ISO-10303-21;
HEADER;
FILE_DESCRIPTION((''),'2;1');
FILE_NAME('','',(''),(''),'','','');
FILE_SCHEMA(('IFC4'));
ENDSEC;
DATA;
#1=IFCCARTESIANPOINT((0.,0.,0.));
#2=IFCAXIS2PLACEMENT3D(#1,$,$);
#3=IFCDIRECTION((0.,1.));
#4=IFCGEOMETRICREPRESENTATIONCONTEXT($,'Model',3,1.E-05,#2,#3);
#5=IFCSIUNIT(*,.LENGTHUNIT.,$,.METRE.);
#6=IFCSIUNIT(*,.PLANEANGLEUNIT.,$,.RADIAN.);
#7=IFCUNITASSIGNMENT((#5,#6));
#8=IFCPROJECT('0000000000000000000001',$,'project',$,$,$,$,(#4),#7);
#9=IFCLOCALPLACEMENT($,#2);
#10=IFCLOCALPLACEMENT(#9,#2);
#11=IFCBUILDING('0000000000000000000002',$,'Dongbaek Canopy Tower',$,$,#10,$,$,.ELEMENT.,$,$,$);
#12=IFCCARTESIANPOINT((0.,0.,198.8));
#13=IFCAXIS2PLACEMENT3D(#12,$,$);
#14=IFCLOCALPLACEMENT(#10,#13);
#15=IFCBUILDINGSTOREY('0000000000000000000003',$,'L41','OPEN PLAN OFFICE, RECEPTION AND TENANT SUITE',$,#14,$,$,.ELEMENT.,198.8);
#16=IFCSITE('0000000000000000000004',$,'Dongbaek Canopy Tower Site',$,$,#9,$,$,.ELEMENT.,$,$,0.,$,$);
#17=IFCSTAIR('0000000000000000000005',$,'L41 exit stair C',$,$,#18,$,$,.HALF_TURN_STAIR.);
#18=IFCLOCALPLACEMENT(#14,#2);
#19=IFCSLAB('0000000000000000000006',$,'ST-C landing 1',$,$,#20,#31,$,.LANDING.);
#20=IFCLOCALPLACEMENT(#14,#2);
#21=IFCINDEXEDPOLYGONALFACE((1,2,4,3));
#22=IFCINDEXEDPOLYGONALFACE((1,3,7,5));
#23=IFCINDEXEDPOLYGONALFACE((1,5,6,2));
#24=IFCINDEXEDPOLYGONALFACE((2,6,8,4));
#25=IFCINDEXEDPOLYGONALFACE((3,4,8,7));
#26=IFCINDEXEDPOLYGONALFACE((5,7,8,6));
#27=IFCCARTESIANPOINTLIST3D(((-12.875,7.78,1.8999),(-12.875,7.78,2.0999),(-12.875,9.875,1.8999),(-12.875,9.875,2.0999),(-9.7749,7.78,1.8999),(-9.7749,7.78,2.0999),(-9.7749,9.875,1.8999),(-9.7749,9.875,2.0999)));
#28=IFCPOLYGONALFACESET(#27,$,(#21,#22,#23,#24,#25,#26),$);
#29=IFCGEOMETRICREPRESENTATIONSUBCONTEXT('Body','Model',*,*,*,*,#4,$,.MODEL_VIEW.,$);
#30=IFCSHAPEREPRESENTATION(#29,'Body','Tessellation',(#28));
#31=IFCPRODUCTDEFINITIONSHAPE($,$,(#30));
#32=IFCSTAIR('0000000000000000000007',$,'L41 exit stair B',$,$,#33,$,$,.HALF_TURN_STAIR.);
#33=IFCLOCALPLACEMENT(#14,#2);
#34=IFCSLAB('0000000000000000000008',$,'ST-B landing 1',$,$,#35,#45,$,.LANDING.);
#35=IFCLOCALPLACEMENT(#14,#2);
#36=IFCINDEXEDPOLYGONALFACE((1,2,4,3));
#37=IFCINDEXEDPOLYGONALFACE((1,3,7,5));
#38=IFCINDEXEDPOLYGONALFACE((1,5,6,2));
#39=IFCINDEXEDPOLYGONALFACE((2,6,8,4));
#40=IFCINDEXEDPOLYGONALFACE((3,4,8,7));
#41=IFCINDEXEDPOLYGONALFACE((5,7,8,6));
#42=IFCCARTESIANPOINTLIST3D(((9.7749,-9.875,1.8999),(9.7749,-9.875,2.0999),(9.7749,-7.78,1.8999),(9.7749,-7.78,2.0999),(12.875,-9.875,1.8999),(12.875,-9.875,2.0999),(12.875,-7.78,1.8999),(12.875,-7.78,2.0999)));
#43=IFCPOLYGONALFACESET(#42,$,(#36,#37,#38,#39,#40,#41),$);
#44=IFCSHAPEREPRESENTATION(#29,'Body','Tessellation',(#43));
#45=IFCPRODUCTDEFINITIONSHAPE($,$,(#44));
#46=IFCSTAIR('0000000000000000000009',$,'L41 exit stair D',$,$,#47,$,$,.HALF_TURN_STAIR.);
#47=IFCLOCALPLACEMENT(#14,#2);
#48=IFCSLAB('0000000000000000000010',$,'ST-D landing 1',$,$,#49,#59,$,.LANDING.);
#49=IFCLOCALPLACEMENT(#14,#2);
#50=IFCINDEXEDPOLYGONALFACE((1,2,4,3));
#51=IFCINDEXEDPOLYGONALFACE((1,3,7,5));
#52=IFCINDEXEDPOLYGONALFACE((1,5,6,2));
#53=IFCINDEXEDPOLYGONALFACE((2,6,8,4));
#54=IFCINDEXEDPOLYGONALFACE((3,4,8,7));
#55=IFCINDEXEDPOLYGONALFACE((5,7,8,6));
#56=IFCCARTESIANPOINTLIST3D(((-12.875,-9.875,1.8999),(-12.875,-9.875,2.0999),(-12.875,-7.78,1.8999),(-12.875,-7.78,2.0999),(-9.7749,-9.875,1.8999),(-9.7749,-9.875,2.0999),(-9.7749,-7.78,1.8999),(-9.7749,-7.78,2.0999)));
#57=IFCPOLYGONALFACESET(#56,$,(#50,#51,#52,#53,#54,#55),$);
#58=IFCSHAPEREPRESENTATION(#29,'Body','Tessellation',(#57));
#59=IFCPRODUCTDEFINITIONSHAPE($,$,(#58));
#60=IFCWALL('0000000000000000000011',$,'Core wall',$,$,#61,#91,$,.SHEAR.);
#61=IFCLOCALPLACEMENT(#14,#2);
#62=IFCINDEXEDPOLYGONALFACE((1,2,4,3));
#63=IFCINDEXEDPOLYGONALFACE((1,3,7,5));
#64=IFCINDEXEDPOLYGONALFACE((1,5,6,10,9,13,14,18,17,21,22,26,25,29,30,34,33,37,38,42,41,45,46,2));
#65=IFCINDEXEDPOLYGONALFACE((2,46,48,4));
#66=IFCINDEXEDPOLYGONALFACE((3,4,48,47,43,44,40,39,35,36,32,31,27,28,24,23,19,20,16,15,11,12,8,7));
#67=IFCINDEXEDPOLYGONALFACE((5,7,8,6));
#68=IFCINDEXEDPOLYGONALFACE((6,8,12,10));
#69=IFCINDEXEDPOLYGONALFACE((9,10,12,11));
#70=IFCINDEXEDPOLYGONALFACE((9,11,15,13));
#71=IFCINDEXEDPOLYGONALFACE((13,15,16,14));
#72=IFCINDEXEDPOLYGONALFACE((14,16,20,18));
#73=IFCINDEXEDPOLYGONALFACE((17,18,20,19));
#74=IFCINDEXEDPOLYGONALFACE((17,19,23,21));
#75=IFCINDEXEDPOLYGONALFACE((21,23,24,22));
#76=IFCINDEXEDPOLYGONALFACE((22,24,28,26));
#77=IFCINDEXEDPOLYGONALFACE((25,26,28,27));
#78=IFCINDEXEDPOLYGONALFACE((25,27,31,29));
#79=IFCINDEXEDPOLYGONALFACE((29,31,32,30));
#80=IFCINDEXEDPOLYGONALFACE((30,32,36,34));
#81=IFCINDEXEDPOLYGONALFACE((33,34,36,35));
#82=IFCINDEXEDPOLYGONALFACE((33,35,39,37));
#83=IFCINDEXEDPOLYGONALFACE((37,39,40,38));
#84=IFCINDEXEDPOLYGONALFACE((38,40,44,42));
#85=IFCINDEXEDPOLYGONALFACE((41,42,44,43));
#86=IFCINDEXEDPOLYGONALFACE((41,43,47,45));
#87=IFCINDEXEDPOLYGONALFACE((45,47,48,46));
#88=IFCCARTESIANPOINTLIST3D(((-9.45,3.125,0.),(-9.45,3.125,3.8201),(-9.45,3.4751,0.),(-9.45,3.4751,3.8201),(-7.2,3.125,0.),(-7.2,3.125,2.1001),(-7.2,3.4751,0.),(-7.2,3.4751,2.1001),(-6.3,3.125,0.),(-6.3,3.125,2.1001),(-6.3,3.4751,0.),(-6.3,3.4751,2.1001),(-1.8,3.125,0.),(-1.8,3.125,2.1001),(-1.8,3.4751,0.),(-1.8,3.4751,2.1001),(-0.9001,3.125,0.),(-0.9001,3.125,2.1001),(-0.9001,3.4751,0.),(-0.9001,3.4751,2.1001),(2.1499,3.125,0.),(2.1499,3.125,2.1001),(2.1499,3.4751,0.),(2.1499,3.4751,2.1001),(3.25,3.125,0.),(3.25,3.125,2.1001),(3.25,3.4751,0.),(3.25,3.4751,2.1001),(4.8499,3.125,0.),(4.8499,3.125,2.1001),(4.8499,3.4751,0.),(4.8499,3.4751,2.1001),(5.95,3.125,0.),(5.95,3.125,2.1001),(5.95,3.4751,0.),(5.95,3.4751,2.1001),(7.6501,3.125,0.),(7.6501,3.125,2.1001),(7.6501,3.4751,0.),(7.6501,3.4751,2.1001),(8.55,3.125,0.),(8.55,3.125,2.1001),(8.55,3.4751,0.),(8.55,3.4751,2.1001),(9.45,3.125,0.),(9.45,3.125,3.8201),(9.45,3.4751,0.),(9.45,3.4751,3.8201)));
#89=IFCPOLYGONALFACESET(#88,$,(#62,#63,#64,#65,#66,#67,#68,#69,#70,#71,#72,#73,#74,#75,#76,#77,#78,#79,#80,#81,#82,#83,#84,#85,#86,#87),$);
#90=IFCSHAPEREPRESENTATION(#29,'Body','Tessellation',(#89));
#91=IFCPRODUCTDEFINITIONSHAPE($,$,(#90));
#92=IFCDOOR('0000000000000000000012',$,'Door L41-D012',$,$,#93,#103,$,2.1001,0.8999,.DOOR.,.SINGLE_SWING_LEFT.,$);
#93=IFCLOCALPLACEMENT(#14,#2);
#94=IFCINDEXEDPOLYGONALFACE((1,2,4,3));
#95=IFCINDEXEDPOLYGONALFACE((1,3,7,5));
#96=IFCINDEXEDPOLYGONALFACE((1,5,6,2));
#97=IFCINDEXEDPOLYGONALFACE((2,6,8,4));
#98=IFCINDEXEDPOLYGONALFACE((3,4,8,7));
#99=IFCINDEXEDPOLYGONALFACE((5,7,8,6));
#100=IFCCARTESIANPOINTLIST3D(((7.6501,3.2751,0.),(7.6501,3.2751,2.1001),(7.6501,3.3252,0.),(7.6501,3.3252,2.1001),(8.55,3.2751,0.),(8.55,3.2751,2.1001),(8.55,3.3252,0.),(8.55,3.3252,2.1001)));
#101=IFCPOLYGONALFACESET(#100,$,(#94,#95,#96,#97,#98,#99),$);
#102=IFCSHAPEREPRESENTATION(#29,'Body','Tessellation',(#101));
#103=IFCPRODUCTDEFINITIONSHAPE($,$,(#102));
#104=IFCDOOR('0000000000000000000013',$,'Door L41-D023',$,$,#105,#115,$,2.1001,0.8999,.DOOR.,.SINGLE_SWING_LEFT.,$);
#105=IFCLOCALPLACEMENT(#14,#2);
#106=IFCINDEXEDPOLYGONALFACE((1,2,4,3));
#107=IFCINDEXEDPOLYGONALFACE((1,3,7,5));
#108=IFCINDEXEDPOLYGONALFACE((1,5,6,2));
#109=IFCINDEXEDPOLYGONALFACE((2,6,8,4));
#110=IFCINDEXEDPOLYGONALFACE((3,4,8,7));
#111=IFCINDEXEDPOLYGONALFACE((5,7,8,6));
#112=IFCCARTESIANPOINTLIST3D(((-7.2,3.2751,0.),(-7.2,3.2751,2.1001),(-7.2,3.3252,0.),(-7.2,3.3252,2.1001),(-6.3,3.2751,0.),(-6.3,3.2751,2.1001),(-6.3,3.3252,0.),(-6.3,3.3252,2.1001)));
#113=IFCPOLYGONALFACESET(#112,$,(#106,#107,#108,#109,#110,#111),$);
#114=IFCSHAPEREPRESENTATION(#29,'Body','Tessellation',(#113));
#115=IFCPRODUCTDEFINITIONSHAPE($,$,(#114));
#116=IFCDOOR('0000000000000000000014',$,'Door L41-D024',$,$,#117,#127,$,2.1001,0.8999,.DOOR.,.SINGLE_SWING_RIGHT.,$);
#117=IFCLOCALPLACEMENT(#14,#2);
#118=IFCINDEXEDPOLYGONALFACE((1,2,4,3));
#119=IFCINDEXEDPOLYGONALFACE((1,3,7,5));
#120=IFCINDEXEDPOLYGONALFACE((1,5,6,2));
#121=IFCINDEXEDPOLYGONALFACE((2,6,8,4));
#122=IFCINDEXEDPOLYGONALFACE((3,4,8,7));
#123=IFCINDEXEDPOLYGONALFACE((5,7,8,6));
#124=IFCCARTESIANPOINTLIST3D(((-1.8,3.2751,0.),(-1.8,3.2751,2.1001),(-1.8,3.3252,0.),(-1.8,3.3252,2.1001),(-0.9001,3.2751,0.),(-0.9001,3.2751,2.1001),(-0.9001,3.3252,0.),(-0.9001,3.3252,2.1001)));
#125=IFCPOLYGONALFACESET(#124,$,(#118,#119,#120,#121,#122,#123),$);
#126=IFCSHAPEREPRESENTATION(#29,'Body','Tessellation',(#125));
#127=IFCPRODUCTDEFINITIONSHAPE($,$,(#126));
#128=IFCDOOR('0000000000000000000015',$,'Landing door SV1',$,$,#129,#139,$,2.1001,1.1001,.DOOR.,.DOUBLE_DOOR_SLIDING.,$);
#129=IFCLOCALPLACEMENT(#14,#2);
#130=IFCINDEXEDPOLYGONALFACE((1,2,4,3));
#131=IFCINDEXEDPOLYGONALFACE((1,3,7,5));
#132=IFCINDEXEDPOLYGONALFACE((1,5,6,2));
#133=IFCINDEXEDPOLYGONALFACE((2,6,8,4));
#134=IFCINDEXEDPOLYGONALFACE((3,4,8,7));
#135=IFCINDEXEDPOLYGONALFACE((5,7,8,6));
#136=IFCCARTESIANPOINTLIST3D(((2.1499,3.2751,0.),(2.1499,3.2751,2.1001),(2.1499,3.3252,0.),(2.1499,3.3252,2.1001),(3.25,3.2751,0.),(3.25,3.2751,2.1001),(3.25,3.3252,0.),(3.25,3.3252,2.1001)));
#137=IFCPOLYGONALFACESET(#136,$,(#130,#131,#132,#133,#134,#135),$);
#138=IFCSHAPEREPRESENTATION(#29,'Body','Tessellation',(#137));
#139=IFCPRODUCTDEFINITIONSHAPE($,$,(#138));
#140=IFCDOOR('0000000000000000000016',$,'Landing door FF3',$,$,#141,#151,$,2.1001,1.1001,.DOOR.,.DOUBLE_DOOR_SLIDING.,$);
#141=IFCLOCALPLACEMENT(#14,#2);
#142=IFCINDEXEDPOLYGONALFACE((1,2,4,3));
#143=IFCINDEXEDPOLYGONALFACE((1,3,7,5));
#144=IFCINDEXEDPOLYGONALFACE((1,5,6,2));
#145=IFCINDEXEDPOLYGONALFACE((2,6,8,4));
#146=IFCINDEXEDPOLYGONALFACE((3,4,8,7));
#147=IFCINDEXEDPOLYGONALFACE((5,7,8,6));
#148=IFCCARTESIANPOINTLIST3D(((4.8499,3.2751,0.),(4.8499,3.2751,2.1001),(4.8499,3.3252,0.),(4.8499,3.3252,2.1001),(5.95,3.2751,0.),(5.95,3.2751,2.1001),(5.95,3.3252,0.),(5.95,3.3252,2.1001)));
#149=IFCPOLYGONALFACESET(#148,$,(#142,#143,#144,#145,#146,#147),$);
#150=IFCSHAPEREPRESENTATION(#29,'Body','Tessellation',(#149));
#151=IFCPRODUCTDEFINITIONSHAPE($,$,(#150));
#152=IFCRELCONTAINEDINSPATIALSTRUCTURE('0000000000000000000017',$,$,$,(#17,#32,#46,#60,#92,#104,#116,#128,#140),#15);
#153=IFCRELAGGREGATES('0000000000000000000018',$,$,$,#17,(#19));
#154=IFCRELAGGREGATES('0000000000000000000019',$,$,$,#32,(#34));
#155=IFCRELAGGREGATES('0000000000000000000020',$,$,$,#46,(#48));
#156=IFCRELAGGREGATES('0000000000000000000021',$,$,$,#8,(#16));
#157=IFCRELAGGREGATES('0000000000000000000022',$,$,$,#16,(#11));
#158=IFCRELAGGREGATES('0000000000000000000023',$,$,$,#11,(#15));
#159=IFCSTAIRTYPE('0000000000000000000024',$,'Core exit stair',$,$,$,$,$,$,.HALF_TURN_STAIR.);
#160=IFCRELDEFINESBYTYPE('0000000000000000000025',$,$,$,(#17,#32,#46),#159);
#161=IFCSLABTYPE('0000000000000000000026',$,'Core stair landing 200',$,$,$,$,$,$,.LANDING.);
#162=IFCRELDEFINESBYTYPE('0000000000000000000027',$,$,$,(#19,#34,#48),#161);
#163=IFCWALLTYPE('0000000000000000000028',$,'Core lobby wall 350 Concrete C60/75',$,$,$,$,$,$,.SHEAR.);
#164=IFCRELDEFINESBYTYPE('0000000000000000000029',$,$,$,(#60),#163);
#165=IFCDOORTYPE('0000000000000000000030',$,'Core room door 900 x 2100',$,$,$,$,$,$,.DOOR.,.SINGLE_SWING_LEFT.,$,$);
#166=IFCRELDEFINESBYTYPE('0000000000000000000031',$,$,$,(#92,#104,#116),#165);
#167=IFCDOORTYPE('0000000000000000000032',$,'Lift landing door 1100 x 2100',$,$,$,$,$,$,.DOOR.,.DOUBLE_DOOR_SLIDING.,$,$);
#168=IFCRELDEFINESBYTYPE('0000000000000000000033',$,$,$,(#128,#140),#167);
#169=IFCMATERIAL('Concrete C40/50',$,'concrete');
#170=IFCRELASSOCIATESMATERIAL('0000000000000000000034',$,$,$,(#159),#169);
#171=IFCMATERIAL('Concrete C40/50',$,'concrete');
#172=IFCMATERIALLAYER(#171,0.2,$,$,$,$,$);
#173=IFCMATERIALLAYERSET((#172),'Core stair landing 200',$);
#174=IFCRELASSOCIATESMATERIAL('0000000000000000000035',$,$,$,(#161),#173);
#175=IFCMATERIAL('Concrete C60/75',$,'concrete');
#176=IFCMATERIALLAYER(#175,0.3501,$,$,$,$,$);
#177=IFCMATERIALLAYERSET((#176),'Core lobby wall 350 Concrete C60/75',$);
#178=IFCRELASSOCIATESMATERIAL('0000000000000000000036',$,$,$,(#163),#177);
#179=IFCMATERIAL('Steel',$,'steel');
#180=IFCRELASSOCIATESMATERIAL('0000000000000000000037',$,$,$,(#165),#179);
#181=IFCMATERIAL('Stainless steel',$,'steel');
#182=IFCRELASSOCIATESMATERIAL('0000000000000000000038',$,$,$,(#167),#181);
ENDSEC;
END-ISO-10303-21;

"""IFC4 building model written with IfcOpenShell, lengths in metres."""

from ifc_helpers import new_model, si_unit, direction, frame, frame_2d, origin, place, context, subcontext, project, spatial, polyline, rectangle, outline, extrude, material, layer, layer_set, type_object, element, fill, aggregate, save


model = new_model("IFC4")

# Units and contexts
model_context = context("Model", 3, precision=1e-05, world=origin(), true_north=direction((0.0, 1.0)))
body_context = subcontext(model_context, "Body", "Model", "MODEL_VIEW")
ifc_project = project(units=[si_unit("LENGTHUNIT", "METRE"), si_unit("PLANEANGLEUNIT", "RADIAN")], contexts=[model_context])

# Site, building, storey
site_placement = place(None, origin())
site = spatial("IfcSite", under=ifc_project, at=site_placement, Name="Dongbaek Canopy Tower Site", CompositionType="ELEMENT", RefElevation=0.0)
building_placement = place(site_placement, origin())
building = spatial("IfcBuilding", under=site, at=building_placement, Name="Dongbaek Canopy Tower", CompositionType="ELEMENT")
storey_placement = place(building_placement, frame((0.0, 0.0, 198.8)))
storey = spatial("IfcBuildingStorey", under=building, at=storey_placement, Name="L41", Description="OPEN PLAN OFFICE, RECEPTION AND TENANT SUITE", CompositionType="ELEMENT", Elevation=198.8)

# Stairs, slabs
ifc_material_1 = material(Name="Concrete C40/50", Category="concrete")
stair_type = type_object("IfcStairType", Name="Core exit stair", PredefinedType="HALF_TURN_STAIR", material=ifc_material_1)
stair_1_placement = place(storey_placement, origin())
stair_1 = element("IfcStair", 1, at=stair_1_placement, inside=storey, type_object=stair_type, Name="L41 exit stair C", PredefinedType="HALF_TURN_STAIR")
ifc_material_2 = material(Name="Concrete C40/50", Category="concrete")
ifc_layer_1 = layer(ifc_material_2, 0.2)
ifc_layer_set_1 = layer_set([ifc_layer_1], Name="Core stair landing 200")
slab_type = type_object("IfcSlabType", Name="Core stair landing 200", PredefinedType="LANDING", material=ifc_layer_set_1)
slab_1_placement = place(storey_placement, frame((0.0, 0.0, 1.8999)))
slab_1 = element("IfcSlab", 2, at=slab_1_placement, type_object=slab_type, Name="ST-C landing 1", PredefinedType="LANDING", context=body_context, shape_type="SweptSolid", body=[
    extrude(outline(polyline([(-9.7749, 7.78), (-9.7749, 9.875), (-12.875, 9.875), (-12.875, 7.78), (-9.7749, 7.78)])), origin(), (0.0, 0.0, 1.0), 0.2),
])
aggregate(stair_1, [slab_1])
stair_2_placement = place(storey_placement, origin())
stair_2 = element("IfcStair", 3, at=stair_2_placement, inside=storey, type_object=stair_type, Name="L41 exit stair B", PredefinedType="HALF_TURN_STAIR")
slab_2_placement = place(storey_placement, frame((0.0, 0.0, 1.8999)))
slab_2 = element("IfcSlab", 4, at=slab_2_placement, type_object=slab_type, Name="ST-B landing 1", PredefinedType="LANDING", context=body_context, shape_type="SweptSolid", body=[
    extrude(outline(polyline([(9.7749, -7.78), (9.7749, -9.875), (12.875, -9.875), (12.875, -7.78), (9.7749, -7.78)])), origin(), (0.0, 0.0, 1.0), 0.2),
])
aggregate(stair_2, [slab_2])
stair_3_placement = place(storey_placement, origin())
stair_3 = element("IfcStair", 5, at=stair_3_placement, inside=storey, type_object=stair_type, Name="L41 exit stair D", PredefinedType="HALF_TURN_STAIR")
slab_3_placement = place(storey_placement, frame((0.0, 0.0, 1.8999)))
slab_3 = element("IfcSlab", 6, at=slab_3_placement, type_object=slab_type, Name="ST-D landing 1", PredefinedType="LANDING", context=body_context, shape_type="SweptSolid", body=[
    extrude(outline(polyline([(-12.875, -7.78), (-12.875, -9.875), (-9.7749, -9.875), (-9.7749, -7.78), (-12.875, -7.78)])), origin(), (0.0, 0.0, 1.0), 0.2),
])
aggregate(stair_3, [slab_3])

# Wall, openings, doors
ifc_material_3 = material(Name="Concrete C60/75", Category="concrete")
ifc_layer_2 = layer(ifc_material_3, 0.3501)
ifc_layer_set_2 = layer_set([ifc_layer_2], Name="Core lobby wall 350 Concrete C60/75")
wall_type_1 = type_object("IfcWallType", Name="Core lobby wall 350 Concrete C60/75", PredefinedType="SHEAR", material=ifc_layer_set_2)
wall_1_placement = place(storey_placement, frame((9.45, 3.3, 0.0), z_axis=(0.0, 0.0, 1.0), x_axis=(-1.0, 0.0, 0.0)))
wall_1 = element("IfcWall", 7, at=wall_1_placement, inside=storey, type_object=wall_type_1, Name="Core wall", PredefinedType="SHEAR", context=body_context, shape_type="SweptSolid", body=[
    extrude(rectangle(XDim=18.8999, YDim=0.3501, at=frame_2d((9.45, 0.0))), origin(), (0.0, 0.0, 1.0), 3.8201),
])
opening_1_placement = place(wall_1_placement, frame((6.2, 0.0, 0.0)))
opening_1 = element("IfcOpeningElement", 8, at=opening_1_placement, cuts=wall_1, PredefinedType="OPENING", context=body_context, shape_type="SweptSolid", body=[
    extrude(rectangle(XDim=1.1001, YDim=2.1001, at=frame_2d((0.55, 1.05))), frame((0.0, 0.1851, 0.0), z_axis=(0.0, -1.0, 0.0), x_axis=(1.0, 0.0, 0.0)), (0.0, 0.0, 1.0), 0.3701),
])
opening_2_placement = place(wall_1_placement, frame((3.5, 0.0, 0.0)))
opening_2 = element("IfcOpeningElement", 9, at=opening_2_placement, cuts=wall_1, PredefinedType="OPENING", context=body_context, shape_type="SweptSolid", body=[
    extrude(rectangle(XDim=1.1001, YDim=2.1001, at=frame_2d((0.55, 1.05))), frame((0.0, 0.1851, 0.0), z_axis=(0.0, -1.0, 0.0), x_axis=(1.0, 0.0, 0.0)), (0.0, 0.0, 1.0), 0.3701),
])
opening_3_placement = place(wall_1_placement, frame((0.8999, 0.0, 0.0)))
opening_3 = element("IfcOpeningElement", 10, at=opening_3_placement, cuts=wall_1, PredefinedType="OPENING", context=body_context, shape_type="SweptSolid", body=[
    extrude(rectangle(XDim=0.8999, YDim=2.1001, at=frame_2d((0.45, 1.05))), frame((0.0, 0.1851, 0.0), z_axis=(0.0, -1.0, 0.0), x_axis=(1.0, 0.0, 0.0)), (0.0, 0.0, 1.0), 0.3701),
])
opening_4_placement = place(wall_1_placement, frame((15.75, 0.0, 0.0)))
opening_4 = element("IfcOpeningElement", 11, at=opening_4_placement, cuts=wall_1, PredefinedType="OPENING", context=body_context, shape_type="SweptSolid", body=[
    extrude(rectangle(XDim=0.8999, YDim=2.1001, at=frame_2d((0.45, 1.05))), frame((0.0, 0.1851, 0.0), z_axis=(0.0, -1.0, 0.0), x_axis=(1.0, 0.0, 0.0)), (0.0, 0.0, 1.0), 0.3701),
])
opening_5_placement = place(wall_1_placement, frame((10.3501, 0.0, 0.0)))
opening_5 = element("IfcOpeningElement", 12, at=opening_5_placement, cuts=wall_1, PredefinedType="OPENING", context=body_context, shape_type="SweptSolid", body=[
    extrude(rectangle(XDim=0.8999, YDim=2.1001, at=frame_2d((0.45, 1.05))), frame((0.0, 0.1851, 0.0), z_axis=(0.0, -1.0, 0.0), x_axis=(1.0, 0.0, 0.0)), (0.0, 0.0, 1.0), 0.3701),
])
ifc_material_4 = material(Name="Steel", Category="steel")
door_type_1 = type_object("IfcDoorType", Name="Core room door 900 x 2100", OperationType="SINGLE_SWING_LEFT", PredefinedType="DOOR", material=ifc_material_4)
door_1_placement = place(opening_3_placement, origin())
door_1 = element("IfcDoor", 13, at=door_1_placement, inside=storey, type_object=door_type_1, Name="Door L41-D012", OperationType="SINGLE_SWING_LEFT", OverallHeight=2.1001, OverallWidth=0.8999, PredefinedType="DOOR", context=body_context, shape_type="SweptSolid", body=[
    extrude(rectangle(XDim=0.8999, YDim=2.1001, at=frame_2d((0.45, 1.05))), frame((0.0, 0.0249, 0.0), z_axis=(0.0, -1.0, 0.0), x_axis=(1.0, 0.0, 0.0)), (0.0, 0.0, 1.0), 0.05),
])
fill(opening_3, door_1)
door_2_placement = place(opening_4_placement, origin())
door_2 = element("IfcDoor", 14, at=door_2_placement, inside=storey, type_object=door_type_1, Name="Door L41-D023", OperationType="SINGLE_SWING_LEFT", OverallHeight=2.1001, OverallWidth=0.8999, PredefinedType="DOOR", context=body_context, shape_type="SweptSolid", body=[
    extrude(rectangle(XDim=0.8999, YDim=2.1001, at=frame_2d((0.45, 1.05))), frame((0.0, 0.0249, 0.0), z_axis=(0.0, -1.0, 0.0), x_axis=(1.0, 0.0, 0.0)), (0.0, 0.0, 1.0), 0.05),
])
fill(opening_4, door_2)
door_3_placement = place(opening_5_placement, origin())
door_3 = element("IfcDoor", 15, at=door_3_placement, inside=storey, type_object=door_type_1, Name="Door L41-D024", OperationType="SINGLE_SWING_RIGHT", OverallHeight=2.1001, OverallWidth=0.8999, PredefinedType="DOOR", context=body_context, shape_type="SweptSolid", body=[
    extrude(rectangle(XDim=0.8999, YDim=2.1001, at=frame_2d((0.45, 1.05))), frame((0.0, 0.0249, 0.0), z_axis=(0.0, -1.0, 0.0), x_axis=(1.0, 0.0, 0.0)), (0.0, 0.0, 1.0), 0.05),
])
fill(opening_5, door_3)
ifc_material_5 = material(Name="Stainless steel", Category="steel")
door_type_2 = type_object("IfcDoorType", Name="Lift landing door 1100 x 2100", OperationType="DOUBLE_DOOR_SLIDING", PredefinedType="DOOR", material=ifc_material_5)
door_4_placement = place(opening_1_placement, origin())
door_4 = element("IfcDoor", 16, at=door_4_placement, inside=storey, type_object=door_type_2, Name="Landing door SV1", OperationType="DOUBLE_DOOR_SLIDING", OverallHeight=2.1001, OverallWidth=1.1001, PredefinedType="DOOR", context=body_context, shape_type="SweptSolid", body=[
    extrude(rectangle(XDim=1.1001, YDim=2.1001, at=frame_2d((0.55, 1.05))), frame((0.0, 0.0249, 0.0), z_axis=(0.0, -1.0, 0.0), x_axis=(1.0, 0.0, 0.0)), (0.0, 0.0, 1.0), 0.05),
])
fill(opening_1, door_4)
door_5_placement = place(opening_2_placement, origin())
door_5 = element("IfcDoor", 17, at=door_5_placement, inside=storey, type_object=door_type_2, Name="Landing door FF3", OperationType="DOUBLE_DOOR_SLIDING", OverallHeight=2.1001, OverallWidth=1.1001, PredefinedType="DOOR", context=body_context, shape_type="SweptSolid", body=[
    extrude(rectangle(XDim=1.1001, YDim=2.1001, at=frame_2d((0.55, 1.05))), frame((0.0, 0.0249, 0.0), z_axis=(0.0, -1.0, 0.0), x_axis=(1.0, 0.0, 0.0)), (0.0, 0.0, 1.0), 0.05),
])
fill(opening_2, door_5)

save(model, "model.ifc")
